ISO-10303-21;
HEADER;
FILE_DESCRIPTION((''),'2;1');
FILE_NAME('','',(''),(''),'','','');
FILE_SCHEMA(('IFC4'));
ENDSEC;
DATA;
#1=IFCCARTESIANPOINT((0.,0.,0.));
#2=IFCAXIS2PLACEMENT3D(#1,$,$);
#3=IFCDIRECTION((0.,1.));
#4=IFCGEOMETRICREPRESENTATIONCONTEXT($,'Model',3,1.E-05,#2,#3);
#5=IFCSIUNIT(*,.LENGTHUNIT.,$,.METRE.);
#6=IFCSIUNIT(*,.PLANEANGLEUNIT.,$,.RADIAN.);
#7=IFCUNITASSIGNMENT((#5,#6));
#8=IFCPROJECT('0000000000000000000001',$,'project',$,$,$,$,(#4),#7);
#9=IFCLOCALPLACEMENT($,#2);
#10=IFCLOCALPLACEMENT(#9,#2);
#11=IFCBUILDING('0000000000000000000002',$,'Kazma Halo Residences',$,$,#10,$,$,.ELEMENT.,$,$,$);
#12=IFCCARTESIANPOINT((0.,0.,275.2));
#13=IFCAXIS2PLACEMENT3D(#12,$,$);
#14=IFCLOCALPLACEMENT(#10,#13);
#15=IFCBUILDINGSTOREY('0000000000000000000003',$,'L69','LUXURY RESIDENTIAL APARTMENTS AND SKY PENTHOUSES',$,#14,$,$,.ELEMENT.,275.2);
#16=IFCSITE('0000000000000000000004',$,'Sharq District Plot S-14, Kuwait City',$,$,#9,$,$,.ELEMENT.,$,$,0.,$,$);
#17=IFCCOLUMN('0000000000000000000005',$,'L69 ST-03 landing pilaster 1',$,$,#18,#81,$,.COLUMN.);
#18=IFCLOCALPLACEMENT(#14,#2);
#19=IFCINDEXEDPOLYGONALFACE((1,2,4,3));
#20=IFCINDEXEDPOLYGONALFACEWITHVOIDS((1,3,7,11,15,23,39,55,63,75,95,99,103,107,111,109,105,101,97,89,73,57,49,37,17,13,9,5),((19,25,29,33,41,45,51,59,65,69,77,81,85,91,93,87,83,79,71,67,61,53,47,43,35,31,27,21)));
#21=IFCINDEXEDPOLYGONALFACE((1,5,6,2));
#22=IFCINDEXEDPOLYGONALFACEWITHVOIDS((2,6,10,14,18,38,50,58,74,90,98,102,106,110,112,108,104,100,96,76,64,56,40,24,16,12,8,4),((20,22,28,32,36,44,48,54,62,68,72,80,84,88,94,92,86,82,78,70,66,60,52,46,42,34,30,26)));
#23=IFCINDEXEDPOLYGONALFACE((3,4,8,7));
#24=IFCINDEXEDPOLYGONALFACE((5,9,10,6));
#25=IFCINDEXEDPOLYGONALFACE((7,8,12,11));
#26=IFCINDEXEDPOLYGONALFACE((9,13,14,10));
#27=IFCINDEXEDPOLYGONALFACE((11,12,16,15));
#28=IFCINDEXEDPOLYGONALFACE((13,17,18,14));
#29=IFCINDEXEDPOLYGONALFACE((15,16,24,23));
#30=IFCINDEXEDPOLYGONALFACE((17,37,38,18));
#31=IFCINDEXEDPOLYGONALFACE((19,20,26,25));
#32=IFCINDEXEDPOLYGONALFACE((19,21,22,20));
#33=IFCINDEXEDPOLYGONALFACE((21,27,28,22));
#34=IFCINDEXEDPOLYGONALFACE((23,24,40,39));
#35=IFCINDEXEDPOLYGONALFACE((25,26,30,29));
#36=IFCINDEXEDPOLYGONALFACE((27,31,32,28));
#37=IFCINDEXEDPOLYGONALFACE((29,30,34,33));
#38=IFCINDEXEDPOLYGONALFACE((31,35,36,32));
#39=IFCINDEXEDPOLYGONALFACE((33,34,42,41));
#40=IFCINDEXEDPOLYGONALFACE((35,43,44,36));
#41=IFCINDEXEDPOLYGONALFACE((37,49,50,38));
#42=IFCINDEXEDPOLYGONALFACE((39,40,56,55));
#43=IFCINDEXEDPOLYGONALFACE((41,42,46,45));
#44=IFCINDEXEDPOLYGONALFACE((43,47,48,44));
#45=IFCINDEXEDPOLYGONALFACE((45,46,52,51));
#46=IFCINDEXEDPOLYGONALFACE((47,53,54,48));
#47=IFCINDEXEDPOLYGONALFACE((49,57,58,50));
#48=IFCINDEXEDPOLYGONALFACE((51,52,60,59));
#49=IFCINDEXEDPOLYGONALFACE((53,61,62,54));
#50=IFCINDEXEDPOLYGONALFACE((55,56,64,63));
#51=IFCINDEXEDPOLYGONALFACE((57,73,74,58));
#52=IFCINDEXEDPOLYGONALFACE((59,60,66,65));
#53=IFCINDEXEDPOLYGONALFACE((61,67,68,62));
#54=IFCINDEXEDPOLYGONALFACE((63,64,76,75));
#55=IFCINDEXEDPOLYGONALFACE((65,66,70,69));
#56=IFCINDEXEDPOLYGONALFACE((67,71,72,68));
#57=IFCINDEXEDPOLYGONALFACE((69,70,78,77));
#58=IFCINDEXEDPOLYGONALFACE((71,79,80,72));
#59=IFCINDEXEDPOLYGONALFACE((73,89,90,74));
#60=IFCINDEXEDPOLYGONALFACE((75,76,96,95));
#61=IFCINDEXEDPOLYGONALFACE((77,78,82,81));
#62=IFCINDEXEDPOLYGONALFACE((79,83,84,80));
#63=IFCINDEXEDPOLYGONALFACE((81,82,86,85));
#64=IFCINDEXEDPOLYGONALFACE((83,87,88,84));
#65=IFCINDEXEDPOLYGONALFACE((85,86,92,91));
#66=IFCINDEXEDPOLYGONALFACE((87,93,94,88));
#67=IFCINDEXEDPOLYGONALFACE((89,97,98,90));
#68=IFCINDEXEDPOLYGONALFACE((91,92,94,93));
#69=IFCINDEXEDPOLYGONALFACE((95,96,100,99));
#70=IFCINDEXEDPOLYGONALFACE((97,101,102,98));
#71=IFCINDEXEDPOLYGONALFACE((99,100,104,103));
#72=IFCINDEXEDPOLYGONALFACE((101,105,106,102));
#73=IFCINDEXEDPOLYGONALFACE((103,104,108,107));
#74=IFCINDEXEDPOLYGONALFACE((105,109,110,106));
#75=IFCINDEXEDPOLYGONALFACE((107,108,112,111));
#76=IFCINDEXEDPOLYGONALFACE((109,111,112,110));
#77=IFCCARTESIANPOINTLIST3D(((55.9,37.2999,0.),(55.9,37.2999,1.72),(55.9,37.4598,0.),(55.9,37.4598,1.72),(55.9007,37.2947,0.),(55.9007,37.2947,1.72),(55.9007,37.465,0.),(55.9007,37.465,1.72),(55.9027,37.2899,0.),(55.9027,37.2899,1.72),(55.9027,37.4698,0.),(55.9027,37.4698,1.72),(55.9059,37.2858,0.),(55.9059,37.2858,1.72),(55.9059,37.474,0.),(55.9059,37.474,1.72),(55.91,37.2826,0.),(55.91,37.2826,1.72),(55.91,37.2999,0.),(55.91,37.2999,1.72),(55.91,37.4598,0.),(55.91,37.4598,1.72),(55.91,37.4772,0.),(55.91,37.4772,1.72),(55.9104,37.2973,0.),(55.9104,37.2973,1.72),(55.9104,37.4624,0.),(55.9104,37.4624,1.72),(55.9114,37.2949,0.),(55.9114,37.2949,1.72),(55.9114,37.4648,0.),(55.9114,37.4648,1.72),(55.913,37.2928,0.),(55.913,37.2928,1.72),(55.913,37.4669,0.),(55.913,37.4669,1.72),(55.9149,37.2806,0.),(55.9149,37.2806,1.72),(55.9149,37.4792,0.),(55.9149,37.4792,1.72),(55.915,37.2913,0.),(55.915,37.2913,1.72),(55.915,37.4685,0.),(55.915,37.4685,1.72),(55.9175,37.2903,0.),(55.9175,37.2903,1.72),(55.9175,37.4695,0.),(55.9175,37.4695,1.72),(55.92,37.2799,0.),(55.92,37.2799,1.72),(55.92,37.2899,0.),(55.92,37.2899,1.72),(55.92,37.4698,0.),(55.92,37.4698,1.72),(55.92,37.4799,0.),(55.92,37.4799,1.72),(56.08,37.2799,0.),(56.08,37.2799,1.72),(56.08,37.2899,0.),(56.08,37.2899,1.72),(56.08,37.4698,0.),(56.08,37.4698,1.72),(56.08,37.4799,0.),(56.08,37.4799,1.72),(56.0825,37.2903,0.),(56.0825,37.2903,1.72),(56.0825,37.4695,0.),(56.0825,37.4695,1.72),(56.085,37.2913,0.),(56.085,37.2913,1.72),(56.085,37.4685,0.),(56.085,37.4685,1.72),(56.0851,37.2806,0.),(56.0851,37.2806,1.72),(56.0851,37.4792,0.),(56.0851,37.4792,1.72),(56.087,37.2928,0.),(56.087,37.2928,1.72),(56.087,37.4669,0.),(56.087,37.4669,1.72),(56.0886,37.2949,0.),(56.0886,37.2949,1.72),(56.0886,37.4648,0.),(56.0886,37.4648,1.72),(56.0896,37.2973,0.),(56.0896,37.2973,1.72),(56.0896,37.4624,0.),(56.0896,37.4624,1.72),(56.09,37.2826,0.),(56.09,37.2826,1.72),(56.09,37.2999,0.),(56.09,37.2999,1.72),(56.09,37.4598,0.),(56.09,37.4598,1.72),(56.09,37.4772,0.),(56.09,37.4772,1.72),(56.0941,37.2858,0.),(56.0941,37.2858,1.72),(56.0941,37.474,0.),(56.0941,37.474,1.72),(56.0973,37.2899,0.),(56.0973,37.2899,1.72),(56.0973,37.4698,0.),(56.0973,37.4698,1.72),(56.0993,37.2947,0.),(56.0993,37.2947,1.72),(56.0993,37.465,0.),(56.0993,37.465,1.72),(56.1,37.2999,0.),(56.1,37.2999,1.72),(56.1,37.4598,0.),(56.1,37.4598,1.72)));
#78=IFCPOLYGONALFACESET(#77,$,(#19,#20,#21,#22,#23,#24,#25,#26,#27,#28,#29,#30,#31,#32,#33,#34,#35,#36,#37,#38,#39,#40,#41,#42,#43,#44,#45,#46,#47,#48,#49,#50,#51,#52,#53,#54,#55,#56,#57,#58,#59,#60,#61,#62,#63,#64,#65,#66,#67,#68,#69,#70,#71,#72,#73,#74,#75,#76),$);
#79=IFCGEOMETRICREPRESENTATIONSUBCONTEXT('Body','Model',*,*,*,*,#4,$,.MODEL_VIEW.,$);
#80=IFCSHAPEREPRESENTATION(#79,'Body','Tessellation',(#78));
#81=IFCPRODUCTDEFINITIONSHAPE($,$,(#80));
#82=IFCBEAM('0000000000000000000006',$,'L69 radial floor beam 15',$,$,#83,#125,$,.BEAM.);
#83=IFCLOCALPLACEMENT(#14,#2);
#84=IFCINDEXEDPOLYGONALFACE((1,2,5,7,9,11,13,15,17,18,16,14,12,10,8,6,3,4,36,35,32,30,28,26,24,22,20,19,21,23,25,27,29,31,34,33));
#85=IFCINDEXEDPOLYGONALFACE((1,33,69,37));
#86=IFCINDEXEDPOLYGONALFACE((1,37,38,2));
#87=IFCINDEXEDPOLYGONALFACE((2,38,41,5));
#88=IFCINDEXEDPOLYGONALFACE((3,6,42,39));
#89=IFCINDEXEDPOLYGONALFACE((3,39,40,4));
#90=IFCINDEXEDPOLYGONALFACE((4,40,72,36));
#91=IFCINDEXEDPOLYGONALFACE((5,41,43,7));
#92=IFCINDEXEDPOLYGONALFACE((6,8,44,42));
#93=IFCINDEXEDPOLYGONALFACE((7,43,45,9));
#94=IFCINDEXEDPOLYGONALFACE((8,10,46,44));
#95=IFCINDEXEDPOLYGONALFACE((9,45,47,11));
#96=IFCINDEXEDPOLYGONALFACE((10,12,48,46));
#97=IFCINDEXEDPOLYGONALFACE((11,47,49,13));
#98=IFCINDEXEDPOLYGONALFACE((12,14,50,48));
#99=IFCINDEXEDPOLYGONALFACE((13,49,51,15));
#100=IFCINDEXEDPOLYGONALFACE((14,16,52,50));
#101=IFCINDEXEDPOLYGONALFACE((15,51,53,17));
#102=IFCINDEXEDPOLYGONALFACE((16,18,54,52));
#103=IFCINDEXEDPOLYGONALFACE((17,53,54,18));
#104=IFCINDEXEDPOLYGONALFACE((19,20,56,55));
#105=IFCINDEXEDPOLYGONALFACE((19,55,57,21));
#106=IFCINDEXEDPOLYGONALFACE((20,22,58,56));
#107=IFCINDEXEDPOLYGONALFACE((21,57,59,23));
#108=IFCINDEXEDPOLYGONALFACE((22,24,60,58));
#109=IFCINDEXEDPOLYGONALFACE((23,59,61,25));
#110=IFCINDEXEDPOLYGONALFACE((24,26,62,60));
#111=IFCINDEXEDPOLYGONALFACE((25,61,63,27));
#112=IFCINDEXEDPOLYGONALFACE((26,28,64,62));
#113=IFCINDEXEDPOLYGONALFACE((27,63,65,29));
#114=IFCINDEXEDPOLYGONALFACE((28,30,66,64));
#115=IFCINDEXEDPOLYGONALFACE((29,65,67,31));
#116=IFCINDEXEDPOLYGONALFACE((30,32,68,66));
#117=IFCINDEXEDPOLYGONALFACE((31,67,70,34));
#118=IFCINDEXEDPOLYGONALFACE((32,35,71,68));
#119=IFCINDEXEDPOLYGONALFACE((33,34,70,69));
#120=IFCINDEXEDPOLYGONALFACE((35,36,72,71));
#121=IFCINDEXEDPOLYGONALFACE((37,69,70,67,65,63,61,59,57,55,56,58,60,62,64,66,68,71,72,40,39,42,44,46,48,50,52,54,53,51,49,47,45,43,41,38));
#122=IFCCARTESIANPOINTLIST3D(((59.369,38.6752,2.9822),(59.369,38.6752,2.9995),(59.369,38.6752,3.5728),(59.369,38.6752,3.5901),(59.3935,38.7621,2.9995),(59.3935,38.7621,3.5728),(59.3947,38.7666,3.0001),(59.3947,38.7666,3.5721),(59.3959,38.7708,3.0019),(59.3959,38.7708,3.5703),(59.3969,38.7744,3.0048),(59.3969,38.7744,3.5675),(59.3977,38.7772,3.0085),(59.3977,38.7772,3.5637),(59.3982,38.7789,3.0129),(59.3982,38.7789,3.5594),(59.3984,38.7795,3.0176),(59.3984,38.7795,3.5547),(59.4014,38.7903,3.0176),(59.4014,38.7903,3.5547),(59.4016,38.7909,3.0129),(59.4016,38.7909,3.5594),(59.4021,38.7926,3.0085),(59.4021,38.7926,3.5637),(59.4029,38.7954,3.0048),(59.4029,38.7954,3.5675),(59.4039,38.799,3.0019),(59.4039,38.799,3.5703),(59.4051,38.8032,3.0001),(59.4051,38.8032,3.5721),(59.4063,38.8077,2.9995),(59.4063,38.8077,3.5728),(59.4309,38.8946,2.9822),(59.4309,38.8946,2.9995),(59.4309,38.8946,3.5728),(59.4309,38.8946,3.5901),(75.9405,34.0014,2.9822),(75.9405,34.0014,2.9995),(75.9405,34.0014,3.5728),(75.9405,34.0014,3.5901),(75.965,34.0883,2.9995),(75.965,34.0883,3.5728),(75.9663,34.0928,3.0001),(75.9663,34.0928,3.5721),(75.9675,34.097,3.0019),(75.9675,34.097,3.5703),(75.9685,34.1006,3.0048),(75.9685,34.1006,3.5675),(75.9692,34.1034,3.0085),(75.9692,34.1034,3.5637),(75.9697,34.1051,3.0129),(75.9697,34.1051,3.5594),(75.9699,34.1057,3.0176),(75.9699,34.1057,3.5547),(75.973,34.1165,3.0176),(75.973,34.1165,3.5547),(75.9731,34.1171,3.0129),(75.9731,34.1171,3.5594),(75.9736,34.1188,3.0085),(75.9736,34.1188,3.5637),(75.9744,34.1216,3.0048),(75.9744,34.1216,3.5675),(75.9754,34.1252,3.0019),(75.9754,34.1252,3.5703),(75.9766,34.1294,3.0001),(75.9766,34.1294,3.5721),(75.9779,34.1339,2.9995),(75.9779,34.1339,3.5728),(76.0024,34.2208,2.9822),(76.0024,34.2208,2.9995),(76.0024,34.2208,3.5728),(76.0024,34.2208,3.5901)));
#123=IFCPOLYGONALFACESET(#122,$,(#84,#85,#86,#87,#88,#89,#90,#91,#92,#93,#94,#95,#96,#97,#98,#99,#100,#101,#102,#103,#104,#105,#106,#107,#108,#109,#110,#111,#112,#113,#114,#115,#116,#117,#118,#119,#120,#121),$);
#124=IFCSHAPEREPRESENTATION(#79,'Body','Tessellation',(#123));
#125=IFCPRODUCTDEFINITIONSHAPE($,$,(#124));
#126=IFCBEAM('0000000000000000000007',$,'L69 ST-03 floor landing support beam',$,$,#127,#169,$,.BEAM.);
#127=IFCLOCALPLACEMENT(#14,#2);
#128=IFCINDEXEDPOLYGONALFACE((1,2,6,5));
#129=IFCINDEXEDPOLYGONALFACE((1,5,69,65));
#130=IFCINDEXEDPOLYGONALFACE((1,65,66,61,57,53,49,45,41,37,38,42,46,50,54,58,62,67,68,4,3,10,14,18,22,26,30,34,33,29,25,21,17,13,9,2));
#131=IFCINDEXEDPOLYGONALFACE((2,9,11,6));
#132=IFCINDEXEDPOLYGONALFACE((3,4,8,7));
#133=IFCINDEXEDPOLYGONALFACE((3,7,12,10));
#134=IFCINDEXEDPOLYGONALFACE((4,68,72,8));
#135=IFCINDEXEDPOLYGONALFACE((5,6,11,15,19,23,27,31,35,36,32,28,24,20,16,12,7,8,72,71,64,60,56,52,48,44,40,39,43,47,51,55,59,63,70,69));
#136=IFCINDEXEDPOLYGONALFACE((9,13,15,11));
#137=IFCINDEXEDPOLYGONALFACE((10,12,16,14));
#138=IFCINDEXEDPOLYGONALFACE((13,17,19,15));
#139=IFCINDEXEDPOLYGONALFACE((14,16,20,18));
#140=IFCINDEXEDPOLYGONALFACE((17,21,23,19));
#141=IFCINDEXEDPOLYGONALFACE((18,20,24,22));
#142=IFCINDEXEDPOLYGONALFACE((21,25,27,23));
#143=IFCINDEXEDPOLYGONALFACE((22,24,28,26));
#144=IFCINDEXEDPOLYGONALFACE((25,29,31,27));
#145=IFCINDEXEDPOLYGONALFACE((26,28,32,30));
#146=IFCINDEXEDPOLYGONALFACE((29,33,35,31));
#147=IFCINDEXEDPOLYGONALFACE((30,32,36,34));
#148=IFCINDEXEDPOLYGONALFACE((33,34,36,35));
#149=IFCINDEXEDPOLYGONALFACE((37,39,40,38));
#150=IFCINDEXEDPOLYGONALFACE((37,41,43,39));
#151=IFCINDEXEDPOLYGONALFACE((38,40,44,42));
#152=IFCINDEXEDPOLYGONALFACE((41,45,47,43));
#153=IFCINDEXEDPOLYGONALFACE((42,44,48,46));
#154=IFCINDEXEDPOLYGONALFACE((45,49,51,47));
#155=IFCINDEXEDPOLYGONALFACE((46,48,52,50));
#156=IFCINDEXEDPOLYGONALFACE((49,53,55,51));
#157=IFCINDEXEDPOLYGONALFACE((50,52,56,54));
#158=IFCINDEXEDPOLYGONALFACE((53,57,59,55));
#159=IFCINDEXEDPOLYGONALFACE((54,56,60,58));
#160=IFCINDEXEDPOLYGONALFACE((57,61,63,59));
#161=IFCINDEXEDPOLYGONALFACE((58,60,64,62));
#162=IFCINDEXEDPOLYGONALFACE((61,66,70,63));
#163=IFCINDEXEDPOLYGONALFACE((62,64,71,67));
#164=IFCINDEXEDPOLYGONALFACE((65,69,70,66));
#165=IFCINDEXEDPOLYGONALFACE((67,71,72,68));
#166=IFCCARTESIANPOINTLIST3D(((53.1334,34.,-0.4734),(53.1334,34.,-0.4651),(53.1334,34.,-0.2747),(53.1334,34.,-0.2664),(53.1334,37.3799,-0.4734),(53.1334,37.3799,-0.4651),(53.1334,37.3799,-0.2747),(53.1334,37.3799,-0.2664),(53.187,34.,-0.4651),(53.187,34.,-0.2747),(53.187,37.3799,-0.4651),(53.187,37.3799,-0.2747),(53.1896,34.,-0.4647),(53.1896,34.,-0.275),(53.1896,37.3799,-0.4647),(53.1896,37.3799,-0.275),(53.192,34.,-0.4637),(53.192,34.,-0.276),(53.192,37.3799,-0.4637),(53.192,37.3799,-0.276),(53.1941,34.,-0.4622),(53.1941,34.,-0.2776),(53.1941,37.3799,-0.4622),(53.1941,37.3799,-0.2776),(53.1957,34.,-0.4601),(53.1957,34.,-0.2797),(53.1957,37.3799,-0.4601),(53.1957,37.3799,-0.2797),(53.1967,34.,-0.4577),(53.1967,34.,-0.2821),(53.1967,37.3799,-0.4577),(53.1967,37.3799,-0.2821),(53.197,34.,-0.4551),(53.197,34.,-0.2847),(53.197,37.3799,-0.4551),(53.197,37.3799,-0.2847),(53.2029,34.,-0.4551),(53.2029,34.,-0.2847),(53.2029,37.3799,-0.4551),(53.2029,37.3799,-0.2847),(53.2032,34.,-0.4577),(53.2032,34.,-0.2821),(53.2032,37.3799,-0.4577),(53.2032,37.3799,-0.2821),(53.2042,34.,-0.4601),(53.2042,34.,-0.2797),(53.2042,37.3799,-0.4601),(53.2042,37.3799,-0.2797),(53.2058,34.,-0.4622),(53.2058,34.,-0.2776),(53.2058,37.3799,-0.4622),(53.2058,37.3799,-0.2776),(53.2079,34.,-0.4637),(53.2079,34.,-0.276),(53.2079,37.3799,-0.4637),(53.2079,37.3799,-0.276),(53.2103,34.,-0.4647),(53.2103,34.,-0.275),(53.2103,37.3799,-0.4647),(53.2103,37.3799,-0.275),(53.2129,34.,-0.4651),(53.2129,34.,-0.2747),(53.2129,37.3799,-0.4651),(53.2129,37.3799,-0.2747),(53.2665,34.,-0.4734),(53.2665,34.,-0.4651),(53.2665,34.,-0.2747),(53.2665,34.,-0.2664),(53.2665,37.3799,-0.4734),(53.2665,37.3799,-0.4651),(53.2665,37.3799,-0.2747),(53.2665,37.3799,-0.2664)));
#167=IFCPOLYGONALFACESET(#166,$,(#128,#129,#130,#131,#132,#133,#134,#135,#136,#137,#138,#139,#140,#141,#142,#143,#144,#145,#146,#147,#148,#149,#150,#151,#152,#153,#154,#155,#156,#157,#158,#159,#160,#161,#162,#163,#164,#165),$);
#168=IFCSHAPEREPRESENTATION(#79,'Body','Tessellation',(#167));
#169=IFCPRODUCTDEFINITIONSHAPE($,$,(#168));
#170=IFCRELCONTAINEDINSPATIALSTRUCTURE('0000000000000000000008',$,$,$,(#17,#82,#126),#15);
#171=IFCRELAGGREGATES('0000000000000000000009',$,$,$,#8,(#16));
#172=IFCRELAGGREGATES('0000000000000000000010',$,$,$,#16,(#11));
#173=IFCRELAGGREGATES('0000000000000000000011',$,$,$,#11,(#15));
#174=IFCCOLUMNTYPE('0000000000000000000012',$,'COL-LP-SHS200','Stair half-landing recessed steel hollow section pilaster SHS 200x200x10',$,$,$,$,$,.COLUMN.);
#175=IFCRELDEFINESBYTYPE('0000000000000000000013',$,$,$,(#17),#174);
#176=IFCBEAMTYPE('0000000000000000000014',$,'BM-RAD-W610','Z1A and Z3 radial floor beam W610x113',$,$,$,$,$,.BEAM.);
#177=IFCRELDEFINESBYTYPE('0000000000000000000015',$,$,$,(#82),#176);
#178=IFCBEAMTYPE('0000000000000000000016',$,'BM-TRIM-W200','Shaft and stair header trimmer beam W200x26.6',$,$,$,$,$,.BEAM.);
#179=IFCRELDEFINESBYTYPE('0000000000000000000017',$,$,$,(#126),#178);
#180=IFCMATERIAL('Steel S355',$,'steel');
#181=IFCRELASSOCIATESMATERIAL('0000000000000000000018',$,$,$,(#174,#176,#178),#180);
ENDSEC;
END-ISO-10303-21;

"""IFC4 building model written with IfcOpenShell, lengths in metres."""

from ifc_helpers import new_model, si_unit, direction, frame, origin, origin_2d, place, context, subcontext, project, spatial, hollow_rectangle, i_section, extrude, material, material_profile, profile_set, type_object, element, save


model = new_model("IFC4")

# Units and contexts
model_context = context("Model", 3, precision=1e-05, world=origin(), true_north=direction((0.0, 1.0)))
body_context = subcontext(model_context, "Body", "Model", "MODEL_VIEW")
ifc_project = project(units=[si_unit("LENGTHUNIT", "METRE"), si_unit("PLANEANGLEUNIT", "RADIAN")], contexts=[model_context])

# Site, building, storey
site_placement = place(None, origin())
site = spatial("IfcSite", under=ifc_project, at=site_placement, Name="Sharq District Plot S-14, Kuwait City", CompositionType="ELEMENT", RefElevation=0.0)
building_placement = place(site_placement, origin())
building = spatial("IfcBuilding", under=site, at=building_placement, Name="Kazma Halo Residences", CompositionType="ELEMENT")
storey_placement = place(building_placement, frame((0.0, 0.0, 275.2)))
storey = spatial("IfcBuildingStorey", under=building, at=storey_placement, Name="L69", Description="LUXURY RESIDENTIAL APARTMENTS AND SKY PENTHOUSES", CompositionType="ELEMENT", Elevation=275.2)

# Column
ifc_material_1 = material(Name="Steel S355", Category="steel")
ifc_material_profile_1 = material_profile(ifc_material_1, hollow_rectangle(XDim=0.2, YDim=0.2, WallThickness=0.01, InnerFilletRadius=0.01, OuterFilletRadius=0.02, at=origin_2d()), Name="SHS200x200x10")
ifc_profile_set_1 = profile_set([ifc_material_profile_1], Name="Steel S355")
column_type = type_object("IfcColumnType", Name="COL-LP-SHS200", Description="Stair half-landing recessed steel hollow section pilaster SHS 200x200x10", PredefinedType="COLUMN", material=ifc_profile_set_1)
column_placement = place(storey_placement, frame((56.0, 37.3799, 0.0), z_axis=(0.0, 0.0, 1.0), x_axis=(1.0, 0.0, 0.0)))
element("IfcColumn", 1, at=column_placement, inside=storey, type_object=column_type, Name="L69 ST-03 landing pilaster 1", PredefinedType="COLUMN", context=body_context, shape_type="SweptSolid", body=[
    extrude(hollow_rectangle(XDim=0.2, YDim=0.2, WallThickness=0.01, InnerFilletRadius=0.01, OuterFilletRadius=0.02, at=origin_2d()), origin(), (0.0, 0.0, 1.0), 1.72),
])

# Beams
ifc_material_profile_2 = material_profile(ifc_material_1, i_section(OverallWidth=0.228, OverallDepth=0.6079, WebThickness=0.0112, FlangeThickness=0.0173, FilletRadius=0.0181, at=origin_2d()), Name="W610x113")
ifc_profile_set_2 = profile_set([ifc_material_profile_2], Name="Steel S355")
beam_type_1 = type_object("IfcBeamType", Name="BM-RAD-W610", Description="Z1A and Z3 radial floor beam W610x113", PredefinedType="BEAM", material=ifc_profile_set_2)
beam_1_placement = place(storey_placement, frame((59.3999, 38.7849, 3.2861), z_axis=(0.962453, -0.27145, 0.0), x_axis=(0.27145, 0.962453, 0.0)))
element("IfcBeam", 2, at=beam_1_placement, inside=storey, type_object=beam_type_1, Name="L69 radial floor beam 15", PredefinedType="BEAM", context=body_context, shape_type="SweptSolid", body=[
    extrude(i_section(OverallWidth=0.228, OverallDepth=0.6079, WebThickness=0.0112, FlangeThickness=0.0173, FilletRadius=0.0181, at=origin_2d()), origin(), (0.0, 0.0, 1.0), 17.218),
])
ifc_material_profile_3 = material_profile(ifc_material_1, i_section(OverallWidth=0.1331, OverallDepth=0.207, WebThickness=0.0059, FlangeThickness=0.0083, FilletRadius=0.01, at=origin_2d()), Name="W200x26.6")
ifc_profile_set_3 = profile_set([ifc_material_profile_3], Name="Steel S355")
beam_type_2 = type_object("IfcBeamType", Name="BM-TRIM-W200", Description="Shaft and stair header trimmer beam W200x26.6", PredefinedType="BEAM", material=ifc_profile_set_3)
beam_2_placement = place(storey_placement, frame((53.2, 34.0, -0.3699), z_axis=(0.0, 1.0, 0.0), x_axis=(-1.0, 0.0, 0.0)))
element("IfcBeam", 3, at=beam_2_placement, inside=storey, type_object=beam_type_2, Name="L69 ST-03 floor landing support beam", PredefinedType="BEAM", context=body_context, shape_type="SweptSolid", body=[
    extrude(i_section(OverallWidth=0.1331, OverallDepth=0.207, WebThickness=0.0059, FlangeThickness=0.0083, FilletRadius=0.01, at=origin_2d()), origin(), (0.0, 0.0, 1.0), 3.3799),
])

save(model, "model.ifc")
